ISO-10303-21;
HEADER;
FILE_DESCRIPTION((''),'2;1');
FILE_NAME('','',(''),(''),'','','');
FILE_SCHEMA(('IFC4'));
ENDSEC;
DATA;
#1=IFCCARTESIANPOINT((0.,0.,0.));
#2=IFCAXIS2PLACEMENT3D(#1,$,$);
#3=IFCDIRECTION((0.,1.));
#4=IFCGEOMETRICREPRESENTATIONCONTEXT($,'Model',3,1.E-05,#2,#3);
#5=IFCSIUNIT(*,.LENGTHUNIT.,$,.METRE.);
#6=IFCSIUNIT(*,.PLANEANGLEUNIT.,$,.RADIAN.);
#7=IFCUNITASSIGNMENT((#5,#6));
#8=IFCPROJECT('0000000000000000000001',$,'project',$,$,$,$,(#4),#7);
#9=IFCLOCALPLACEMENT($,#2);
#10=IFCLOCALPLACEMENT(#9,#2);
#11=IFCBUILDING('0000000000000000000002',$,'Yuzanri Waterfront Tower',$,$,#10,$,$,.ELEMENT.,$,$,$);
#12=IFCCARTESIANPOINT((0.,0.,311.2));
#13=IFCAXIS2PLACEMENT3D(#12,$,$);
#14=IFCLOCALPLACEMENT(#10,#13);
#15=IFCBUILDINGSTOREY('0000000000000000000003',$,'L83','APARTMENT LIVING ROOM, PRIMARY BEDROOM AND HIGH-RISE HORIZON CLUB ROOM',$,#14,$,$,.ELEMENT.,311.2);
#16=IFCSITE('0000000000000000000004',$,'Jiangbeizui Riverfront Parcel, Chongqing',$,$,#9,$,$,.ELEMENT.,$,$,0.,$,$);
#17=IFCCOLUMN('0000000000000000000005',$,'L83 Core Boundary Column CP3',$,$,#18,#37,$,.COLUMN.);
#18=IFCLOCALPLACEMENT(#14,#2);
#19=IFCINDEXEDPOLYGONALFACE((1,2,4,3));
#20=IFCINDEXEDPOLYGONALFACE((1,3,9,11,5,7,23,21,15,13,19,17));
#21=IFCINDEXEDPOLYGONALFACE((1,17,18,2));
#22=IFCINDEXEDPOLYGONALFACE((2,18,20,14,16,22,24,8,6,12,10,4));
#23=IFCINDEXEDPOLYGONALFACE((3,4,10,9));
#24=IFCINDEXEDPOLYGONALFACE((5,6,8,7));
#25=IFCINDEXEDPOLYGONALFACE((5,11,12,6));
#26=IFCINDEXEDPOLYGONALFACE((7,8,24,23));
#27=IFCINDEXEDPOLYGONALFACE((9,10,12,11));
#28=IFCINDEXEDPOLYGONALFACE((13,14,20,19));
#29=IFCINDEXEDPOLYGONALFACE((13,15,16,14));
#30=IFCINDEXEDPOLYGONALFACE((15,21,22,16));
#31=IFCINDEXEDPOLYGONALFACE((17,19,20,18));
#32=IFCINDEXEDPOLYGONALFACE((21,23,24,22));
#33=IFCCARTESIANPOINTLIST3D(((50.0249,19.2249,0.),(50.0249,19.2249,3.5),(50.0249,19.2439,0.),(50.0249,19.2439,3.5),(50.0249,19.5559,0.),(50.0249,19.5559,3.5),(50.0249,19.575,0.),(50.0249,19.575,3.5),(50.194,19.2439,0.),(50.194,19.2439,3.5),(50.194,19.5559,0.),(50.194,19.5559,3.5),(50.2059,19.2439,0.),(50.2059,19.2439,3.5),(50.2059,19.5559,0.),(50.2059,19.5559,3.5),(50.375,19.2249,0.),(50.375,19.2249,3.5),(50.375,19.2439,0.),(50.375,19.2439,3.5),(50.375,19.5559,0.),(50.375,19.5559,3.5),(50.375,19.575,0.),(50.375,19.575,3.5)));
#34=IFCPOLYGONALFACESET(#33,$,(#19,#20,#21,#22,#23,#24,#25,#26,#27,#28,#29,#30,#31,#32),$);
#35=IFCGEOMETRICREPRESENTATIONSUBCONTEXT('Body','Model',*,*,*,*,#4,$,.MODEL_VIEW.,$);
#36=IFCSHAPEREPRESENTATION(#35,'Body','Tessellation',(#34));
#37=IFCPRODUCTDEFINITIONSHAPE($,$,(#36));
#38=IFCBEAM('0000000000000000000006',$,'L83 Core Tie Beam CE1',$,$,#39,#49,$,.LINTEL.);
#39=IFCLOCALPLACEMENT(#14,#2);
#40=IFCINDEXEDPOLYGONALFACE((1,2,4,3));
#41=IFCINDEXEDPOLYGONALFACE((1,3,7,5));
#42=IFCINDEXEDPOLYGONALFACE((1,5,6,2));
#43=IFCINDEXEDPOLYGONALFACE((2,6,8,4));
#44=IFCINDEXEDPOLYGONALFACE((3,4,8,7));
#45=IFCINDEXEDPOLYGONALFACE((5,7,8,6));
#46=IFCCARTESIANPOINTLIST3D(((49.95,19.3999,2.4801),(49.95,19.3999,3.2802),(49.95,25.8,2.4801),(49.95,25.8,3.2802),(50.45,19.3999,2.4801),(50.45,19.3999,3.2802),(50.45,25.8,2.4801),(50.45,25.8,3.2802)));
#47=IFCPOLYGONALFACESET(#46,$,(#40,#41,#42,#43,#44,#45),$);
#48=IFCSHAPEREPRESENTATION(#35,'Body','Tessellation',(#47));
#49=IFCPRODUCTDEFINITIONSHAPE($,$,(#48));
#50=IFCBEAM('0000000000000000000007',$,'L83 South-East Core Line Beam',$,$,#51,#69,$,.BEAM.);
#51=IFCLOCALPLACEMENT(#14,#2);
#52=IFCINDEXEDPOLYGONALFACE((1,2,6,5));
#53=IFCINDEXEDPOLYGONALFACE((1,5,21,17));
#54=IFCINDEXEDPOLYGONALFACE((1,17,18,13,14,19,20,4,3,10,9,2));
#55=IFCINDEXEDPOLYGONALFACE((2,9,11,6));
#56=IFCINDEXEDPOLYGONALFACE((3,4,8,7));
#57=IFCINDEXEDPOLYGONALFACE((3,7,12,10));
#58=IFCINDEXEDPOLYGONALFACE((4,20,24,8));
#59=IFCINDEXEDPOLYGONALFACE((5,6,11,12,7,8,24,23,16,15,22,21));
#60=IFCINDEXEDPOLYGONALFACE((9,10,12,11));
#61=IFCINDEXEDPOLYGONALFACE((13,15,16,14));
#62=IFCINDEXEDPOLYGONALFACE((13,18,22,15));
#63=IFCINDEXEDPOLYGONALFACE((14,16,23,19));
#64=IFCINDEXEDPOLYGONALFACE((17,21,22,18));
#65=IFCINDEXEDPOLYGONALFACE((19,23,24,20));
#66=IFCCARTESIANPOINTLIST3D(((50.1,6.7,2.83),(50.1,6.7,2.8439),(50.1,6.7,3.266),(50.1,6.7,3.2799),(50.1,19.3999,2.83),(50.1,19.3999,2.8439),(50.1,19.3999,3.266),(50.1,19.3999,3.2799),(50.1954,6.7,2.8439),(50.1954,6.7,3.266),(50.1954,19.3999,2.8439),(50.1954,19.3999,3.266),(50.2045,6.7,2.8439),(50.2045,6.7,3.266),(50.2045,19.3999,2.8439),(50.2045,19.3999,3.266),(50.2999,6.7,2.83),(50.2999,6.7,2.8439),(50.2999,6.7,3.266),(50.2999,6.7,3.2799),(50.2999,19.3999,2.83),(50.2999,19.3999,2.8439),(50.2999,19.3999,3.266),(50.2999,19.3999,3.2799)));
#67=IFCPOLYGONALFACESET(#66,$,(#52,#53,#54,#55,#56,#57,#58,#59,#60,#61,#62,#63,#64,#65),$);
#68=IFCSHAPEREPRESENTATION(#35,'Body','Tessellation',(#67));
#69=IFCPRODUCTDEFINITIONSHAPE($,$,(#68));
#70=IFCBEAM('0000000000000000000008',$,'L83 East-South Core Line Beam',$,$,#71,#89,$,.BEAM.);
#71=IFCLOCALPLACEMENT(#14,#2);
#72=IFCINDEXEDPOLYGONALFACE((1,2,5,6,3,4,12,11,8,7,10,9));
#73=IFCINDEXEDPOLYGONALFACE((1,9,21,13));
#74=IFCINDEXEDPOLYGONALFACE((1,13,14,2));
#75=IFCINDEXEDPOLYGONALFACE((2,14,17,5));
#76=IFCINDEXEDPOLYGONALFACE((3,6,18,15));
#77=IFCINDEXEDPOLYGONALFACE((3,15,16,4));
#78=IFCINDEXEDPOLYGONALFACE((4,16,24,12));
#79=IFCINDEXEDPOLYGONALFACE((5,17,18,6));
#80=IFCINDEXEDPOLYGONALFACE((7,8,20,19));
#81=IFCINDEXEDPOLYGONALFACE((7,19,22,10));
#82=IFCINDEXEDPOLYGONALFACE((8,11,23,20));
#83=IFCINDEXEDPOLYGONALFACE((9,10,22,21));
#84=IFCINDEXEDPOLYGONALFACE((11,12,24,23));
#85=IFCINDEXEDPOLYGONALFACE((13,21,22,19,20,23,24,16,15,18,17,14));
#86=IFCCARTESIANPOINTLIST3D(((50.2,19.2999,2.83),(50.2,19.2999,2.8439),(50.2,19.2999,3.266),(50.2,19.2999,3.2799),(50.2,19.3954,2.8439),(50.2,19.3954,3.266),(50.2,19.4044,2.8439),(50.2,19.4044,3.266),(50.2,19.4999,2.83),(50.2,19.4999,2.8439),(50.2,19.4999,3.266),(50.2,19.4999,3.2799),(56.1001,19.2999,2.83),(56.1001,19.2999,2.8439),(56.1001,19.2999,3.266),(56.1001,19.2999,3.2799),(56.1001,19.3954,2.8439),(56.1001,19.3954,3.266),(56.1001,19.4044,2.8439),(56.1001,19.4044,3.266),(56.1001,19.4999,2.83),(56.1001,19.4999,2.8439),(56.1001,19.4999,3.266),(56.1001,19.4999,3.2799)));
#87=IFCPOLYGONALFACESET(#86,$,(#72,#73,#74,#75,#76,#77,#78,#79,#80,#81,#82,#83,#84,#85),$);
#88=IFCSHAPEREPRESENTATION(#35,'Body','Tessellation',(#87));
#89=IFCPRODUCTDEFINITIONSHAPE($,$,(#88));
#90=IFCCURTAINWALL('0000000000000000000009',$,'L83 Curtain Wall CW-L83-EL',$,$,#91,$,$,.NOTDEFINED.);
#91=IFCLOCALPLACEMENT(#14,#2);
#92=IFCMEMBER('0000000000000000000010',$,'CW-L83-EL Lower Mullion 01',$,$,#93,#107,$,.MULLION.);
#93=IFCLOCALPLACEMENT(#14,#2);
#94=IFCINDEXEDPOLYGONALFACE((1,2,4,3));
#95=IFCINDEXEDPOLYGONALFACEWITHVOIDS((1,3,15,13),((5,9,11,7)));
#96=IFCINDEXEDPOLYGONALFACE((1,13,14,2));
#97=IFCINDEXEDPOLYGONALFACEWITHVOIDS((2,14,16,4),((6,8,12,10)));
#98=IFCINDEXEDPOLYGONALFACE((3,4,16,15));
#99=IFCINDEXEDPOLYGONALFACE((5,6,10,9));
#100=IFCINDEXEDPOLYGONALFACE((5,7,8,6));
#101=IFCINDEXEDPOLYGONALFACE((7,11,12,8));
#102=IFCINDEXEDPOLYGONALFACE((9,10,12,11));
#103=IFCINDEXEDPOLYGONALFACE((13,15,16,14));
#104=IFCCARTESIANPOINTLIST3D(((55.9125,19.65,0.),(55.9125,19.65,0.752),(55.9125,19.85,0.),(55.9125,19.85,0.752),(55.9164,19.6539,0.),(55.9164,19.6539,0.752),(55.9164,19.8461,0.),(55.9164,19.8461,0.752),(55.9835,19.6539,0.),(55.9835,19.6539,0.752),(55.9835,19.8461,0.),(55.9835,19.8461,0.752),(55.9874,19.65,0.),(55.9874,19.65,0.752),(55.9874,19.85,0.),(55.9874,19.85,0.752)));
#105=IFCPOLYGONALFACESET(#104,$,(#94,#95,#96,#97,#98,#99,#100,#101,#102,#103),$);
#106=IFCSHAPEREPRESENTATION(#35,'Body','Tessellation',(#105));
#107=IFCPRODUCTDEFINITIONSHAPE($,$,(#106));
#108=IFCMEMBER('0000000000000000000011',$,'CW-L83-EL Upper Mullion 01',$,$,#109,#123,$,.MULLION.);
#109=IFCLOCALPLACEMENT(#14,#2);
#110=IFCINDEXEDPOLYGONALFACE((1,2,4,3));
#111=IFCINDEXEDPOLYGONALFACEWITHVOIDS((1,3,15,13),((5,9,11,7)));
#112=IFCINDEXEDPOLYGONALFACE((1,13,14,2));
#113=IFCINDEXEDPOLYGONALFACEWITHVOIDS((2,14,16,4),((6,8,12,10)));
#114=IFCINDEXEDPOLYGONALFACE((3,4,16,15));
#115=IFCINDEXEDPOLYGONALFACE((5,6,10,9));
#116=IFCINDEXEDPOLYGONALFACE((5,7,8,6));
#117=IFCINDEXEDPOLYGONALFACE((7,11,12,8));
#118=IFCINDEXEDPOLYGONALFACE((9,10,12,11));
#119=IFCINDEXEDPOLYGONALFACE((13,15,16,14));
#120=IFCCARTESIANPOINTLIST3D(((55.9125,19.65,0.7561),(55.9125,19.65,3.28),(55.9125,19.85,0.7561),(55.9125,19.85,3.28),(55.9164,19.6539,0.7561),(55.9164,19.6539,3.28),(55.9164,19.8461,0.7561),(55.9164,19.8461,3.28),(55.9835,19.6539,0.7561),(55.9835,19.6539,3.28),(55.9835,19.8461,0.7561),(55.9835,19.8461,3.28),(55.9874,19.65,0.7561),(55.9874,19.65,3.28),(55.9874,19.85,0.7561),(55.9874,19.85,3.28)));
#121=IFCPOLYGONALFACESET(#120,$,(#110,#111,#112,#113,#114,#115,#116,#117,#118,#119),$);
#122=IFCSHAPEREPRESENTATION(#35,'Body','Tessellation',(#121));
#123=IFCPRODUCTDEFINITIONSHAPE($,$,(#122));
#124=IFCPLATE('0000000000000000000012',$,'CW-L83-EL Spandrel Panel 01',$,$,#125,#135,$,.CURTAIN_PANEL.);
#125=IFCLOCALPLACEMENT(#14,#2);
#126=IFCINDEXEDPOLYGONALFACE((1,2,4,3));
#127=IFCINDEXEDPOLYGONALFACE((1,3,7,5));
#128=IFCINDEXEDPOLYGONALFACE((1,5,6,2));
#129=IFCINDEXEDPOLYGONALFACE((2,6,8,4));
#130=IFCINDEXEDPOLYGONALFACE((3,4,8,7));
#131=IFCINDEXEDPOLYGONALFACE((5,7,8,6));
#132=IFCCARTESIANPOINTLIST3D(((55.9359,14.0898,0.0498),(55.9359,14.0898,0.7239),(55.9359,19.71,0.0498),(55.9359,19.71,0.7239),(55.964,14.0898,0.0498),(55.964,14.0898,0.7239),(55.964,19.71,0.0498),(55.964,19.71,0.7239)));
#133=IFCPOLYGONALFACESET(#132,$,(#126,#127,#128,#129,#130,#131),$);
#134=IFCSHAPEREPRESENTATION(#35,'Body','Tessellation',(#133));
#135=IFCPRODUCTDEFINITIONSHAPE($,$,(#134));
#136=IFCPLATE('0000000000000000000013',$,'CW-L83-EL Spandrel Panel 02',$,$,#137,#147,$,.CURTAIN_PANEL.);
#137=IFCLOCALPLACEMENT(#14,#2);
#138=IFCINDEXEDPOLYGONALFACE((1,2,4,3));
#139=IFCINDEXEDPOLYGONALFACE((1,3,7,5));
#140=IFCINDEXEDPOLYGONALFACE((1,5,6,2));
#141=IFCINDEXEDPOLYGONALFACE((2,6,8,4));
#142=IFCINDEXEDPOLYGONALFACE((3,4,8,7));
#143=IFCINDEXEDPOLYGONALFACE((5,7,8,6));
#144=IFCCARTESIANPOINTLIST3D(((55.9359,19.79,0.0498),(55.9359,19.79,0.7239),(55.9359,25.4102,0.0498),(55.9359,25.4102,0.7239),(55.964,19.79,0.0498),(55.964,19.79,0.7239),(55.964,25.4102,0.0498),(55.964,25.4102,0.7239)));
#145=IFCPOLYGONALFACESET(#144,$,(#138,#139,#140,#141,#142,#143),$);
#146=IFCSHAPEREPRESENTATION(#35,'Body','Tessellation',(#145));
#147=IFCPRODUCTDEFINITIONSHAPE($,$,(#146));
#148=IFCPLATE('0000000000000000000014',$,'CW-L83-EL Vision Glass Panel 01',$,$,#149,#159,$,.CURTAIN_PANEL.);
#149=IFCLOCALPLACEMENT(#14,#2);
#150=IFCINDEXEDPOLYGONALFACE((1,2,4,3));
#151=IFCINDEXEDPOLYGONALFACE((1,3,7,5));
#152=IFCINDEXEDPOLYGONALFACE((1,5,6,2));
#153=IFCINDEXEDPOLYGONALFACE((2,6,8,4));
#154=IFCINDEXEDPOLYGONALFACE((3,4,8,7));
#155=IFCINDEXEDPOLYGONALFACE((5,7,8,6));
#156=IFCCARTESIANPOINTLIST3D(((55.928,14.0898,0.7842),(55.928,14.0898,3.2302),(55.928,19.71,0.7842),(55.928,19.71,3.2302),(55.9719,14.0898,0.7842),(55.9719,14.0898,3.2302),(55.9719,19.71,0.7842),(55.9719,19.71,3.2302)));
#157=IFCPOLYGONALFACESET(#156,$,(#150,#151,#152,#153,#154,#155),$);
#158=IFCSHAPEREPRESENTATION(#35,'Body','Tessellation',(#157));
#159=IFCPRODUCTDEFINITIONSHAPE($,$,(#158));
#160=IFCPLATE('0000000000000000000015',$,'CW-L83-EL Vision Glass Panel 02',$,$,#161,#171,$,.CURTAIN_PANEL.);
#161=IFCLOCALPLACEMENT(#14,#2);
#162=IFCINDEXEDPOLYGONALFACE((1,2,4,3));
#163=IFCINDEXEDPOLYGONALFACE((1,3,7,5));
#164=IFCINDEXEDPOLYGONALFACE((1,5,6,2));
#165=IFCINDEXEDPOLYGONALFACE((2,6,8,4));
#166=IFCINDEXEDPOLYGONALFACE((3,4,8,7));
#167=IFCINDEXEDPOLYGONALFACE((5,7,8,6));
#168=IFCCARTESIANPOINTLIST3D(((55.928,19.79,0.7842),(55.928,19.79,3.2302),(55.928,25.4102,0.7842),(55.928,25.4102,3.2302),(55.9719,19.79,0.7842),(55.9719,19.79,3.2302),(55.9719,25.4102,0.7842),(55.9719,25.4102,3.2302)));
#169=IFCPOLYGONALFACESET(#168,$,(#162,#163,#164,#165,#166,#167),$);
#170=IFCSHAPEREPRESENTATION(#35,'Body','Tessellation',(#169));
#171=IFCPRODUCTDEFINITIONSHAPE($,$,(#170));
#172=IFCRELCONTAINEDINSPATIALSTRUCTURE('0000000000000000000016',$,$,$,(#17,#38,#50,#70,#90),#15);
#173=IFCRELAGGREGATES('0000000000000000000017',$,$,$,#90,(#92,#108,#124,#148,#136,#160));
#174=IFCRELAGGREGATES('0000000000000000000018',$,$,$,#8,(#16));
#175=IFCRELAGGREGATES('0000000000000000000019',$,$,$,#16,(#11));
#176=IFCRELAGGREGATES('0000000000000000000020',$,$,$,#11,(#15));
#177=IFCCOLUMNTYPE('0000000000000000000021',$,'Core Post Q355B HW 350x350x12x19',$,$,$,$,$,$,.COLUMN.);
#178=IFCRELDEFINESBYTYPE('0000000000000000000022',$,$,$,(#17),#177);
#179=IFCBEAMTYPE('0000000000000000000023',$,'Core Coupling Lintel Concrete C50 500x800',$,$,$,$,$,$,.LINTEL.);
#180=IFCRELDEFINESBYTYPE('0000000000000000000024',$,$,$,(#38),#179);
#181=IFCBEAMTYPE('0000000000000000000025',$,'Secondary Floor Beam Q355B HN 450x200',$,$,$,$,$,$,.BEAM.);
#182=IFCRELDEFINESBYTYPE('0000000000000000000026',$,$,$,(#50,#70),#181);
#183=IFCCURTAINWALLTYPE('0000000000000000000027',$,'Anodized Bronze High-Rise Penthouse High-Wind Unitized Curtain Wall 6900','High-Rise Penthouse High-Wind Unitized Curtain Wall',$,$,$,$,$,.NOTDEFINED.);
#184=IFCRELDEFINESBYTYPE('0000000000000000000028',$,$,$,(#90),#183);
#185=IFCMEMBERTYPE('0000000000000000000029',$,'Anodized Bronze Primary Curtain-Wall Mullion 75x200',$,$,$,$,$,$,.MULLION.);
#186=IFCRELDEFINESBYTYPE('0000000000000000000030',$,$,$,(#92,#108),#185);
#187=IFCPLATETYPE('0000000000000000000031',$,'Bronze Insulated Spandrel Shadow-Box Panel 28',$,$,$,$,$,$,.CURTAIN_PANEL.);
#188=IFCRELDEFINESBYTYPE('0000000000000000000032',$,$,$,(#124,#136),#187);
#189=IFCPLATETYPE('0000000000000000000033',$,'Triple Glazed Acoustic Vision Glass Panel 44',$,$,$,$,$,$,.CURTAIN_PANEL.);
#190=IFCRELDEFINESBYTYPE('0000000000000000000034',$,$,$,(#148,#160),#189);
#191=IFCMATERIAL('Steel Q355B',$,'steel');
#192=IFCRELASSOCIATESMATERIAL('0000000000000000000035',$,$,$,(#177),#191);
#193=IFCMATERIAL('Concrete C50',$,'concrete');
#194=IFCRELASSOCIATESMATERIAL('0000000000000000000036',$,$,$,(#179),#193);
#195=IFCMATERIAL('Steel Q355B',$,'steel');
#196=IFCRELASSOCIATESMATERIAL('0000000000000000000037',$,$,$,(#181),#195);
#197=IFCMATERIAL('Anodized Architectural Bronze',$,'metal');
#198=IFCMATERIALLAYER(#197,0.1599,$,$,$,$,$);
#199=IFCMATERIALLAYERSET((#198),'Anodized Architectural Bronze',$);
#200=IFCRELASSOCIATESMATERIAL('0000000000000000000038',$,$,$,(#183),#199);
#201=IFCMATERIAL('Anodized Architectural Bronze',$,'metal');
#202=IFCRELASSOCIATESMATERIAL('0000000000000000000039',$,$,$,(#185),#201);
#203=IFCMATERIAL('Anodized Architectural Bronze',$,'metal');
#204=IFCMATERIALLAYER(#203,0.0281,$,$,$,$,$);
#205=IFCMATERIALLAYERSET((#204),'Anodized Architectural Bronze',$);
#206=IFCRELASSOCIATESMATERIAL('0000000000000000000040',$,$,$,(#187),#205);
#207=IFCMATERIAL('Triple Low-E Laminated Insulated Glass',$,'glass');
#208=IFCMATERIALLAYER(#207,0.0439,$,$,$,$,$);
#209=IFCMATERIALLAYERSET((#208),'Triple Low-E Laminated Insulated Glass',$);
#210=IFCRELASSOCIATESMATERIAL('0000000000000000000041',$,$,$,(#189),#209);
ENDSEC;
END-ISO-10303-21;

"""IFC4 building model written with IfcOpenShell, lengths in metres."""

from ifc_helpers import new_model, si_unit, direction, frame, origin, origin_2d, place, context, subcontext, project, spatial, rectangle, hollow_rectangle, i_section, extrude, source, transform, mapped, material, layer, layer_set, material_profile, profile_set, type_object, element, aggregate, save


model = new_model("IFC4")

# Units and contexts
model_context = context("Model", 3, precision=1e-05, world=origin(), true_north=direction((0.0, 1.0)))
body_context = subcontext(model_context, "Body", "Model", "MODEL_VIEW")
ifc_project = project(units=[si_unit("LENGTHUNIT", "METRE"), si_unit("PLANEANGLEUNIT", "RADIAN")], contexts=[model_context])

# Site, building, storey
site_placement = place(None, origin())
site = spatial("IfcSite", under=ifc_project, at=site_placement, Name="Jiangbeizui Riverfront Parcel, Chongqing", CompositionType="ELEMENT", RefElevation=0.0)
building_placement = place(site_placement, origin())
building = spatial("IfcBuilding", under=site, at=building_placement, Name="Yuzanri Waterfront Tower", CompositionType="ELEMENT")
storey_placement = place(building_placement, frame((0.0, 0.0, 311.2)))
storey = spatial("IfcBuildingStorey", under=building, at=storey_placement, Name="L83", Description="APARTMENT LIVING ROOM, PRIMARY BEDROOM AND HIGH-RISE HORIZON CLUB ROOM", CompositionType="ELEMENT", Elevation=311.2)

# Column
ifc_material_1 = material(Name="Steel Q355B", Category="steel")
ifc_material_profile_1 = material_profile(ifc_material_1, i_section(OverallWidth=0.3501, OverallDepth=0.3501, WebThickness=0.012, FlangeThickness=0.019, at=origin_2d()), Name="HW 350x350x12x19")
ifc_profile_set_1 = profile_set([ifc_material_profile_1], Name="Steel Q355B")
column_type = type_object("IfcColumnType", Name="Core Post Q355B HW 350x350x12x19", PredefinedType="COLUMN", material=ifc_profile_set_1)
shared_shape_1 = source(origin(), body_context, "Body", "SweptSolid", [
    extrude(i_section(OverallWidth=0.3501, OverallDepth=0.3501, WebThickness=0.012, FlangeThickness=0.019, at=origin_2d()), origin(), (0.0, 0.0, 1.0), 3.5),
])
column_placement = place(storey_placement, frame((50.2, 19.3999, 0.0), z_axis=(0.0, 0.0, 1.0), x_axis=(1.0, 0.0, 0.0)))
element("IfcColumn", 1, at=column_placement, inside=storey, type_object=column_type, Name="L83 Core Boundary Column CP3", PredefinedType="COLUMN", context=body_context, shape_type="MappedRepresentation", body=[
    mapped(shared_shape_1, transform((0.0, 0.0, 0.0), scale=1.0)),
])

# Beams
ifc_material_2 = material(Name="Concrete C50", Category="concrete")
ifc_material_profile_2 = material_profile(ifc_material_2, rectangle(XDim=0.5, YDim=0.8, at=origin_2d()), Name="RC 500x800")
ifc_profile_set_2 = profile_set([ifc_material_profile_2], Name="Concrete C50")
beam_type_1 = type_object("IfcBeamType", Name="Core Coupling Lintel Concrete C50 500x800", PredefinedType="LINTEL", material=ifc_profile_set_2)
shared_shape_2 = source(origin(), body_context, "Body", "SweptSolid", [
    extrude(rectangle(XDim=0.5, YDim=0.8, at=origin_2d()), origin(), (0.0, 0.0, 1.0), 6.4001),
])
beam_1_placement = place(storey_placement, frame((50.2, 19.3999, 2.8801), z_axis=(0.0, 1.0, 0.0), x_axis=(-1.0, 0.0, 0.0)))
element("IfcBeam", 2, at=beam_1_placement, inside=storey, type_object=beam_type_1, Name="L83 Core Tie Beam CE1", PredefinedType="LINTEL", context=body_context, shape_type="MappedRepresentation", body=[
    mapped(shared_shape_2, transform((0.0, 0.0, 0.0), scale=1.0)),
])
ifc_material_3 = material(Name="Steel Q355B", Category="steel")
ifc_material_profile_3 = material_profile(ifc_material_3, i_section(OverallWidth=0.2, OverallDepth=0.45, WebThickness=0.009, FlangeThickness=0.0139, at=origin_2d()), Name="HN 450x200x9x14")
ifc_profile_set_3 = profile_set([ifc_material_profile_3], Name="Steel Q355B")
beam_type_2 = type_object("IfcBeamType", Name="Secondary Floor Beam Q355B HN 450x200", PredefinedType="BEAM", material=ifc_profile_set_3)
shared_shape_3 = source(origin(), body_context, "Body", "SweptSolid", [
    extrude(i_section(OverallWidth=0.2, OverallDepth=0.45, WebThickness=0.009, FlangeThickness=0.0139, at=origin_2d()), origin(), (0.0, 0.0, 1.0), 12.7),
])
beam_2_placement = place(storey_placement, frame((50.2, 19.3999, 3.0549), z_axis=(0.0, -1.0, 0.0), x_axis=(1.0, 0.0, 0.0)))
element("IfcBeam", 3, at=beam_2_placement, inside=storey, type_object=beam_type_2, Name="L83 South-East Core Line Beam", PredefinedType="BEAM", context=body_context, shape_type="MappedRepresentation", body=[
    mapped(shared_shape_3, transform((0.0, 0.0, 0.0), scale=1.0)),
])
shared_shape_4 = source(origin(), body_context, "Body", "SweptSolid", [
    extrude(i_section(OverallWidth=0.2, OverallDepth=0.45, WebThickness=0.009, FlangeThickness=0.0139, at=origin_2d()), origin(), (0.0, 0.0, 1.0), 5.9001),
])
beam_3_placement = place(storey_placement, frame((50.2, 19.3999, 3.0549), z_axis=(1.0, 0.0, 0.0), x_axis=(0.0, 1.0, 0.0)))
element("IfcBeam", 4, at=beam_3_placement, inside=storey, type_object=beam_type_2, Name="L83 East-South Core Line Beam", PredefinedType="BEAM", context=body_context, shape_type="MappedRepresentation", body=[
    mapped(shared_shape_4, transform((0.0, 0.0, 0.0), scale=1.0)),
])

# Curtain wall, members, plates
ifc_material_4 = material(Name="Anodized Architectural Bronze", Category="metal")
ifc_layer_1 = layer(ifc_material_4, 0.1599)
ifc_layer_set_1 = layer_set([ifc_layer_1], Name="Anodized Architectural Bronze")
curtain_wall_type = type_object("IfcCurtainWallType", Name="Anodized Bronze High-Rise Penthouse High-Wind Unitized Curtain Wall 6900", Description="High-Rise Penthouse High-Wind Unitized Curtain Wall", PredefinedType="NOTDEFINED", material=ifc_layer_set_1)
curtain_wall_placement = place(storey_placement, origin())
curtain_wall = element("IfcCurtainWall", 5, at=curtain_wall_placement, inside=storey, type_object=curtain_wall_type, Name="L83 Curtain Wall CW-L83-EL", PredefinedType="NOTDEFINED")
ifc_material_5 = material(Name="Anodized Architectural Bronze", Category="metal")
ifc_material_profile_4 = material_profile(ifc_material_5, hollow_rectangle(XDim=0.075, YDim=0.2, WallThickness=0.0039, at=origin_2d()), Name="CWM 75x200")
ifc_profile_set_4 = profile_set([ifc_material_profile_4], Name="Anodized Architectural Bronze")
member_type = type_object("IfcMemberType", Name="Anodized Bronze Primary Curtain-Wall Mullion 75x200", PredefinedType="MULLION", material=ifc_profile_set_4)
shared_shape_5 = source(origin(), body_context, "Body", "SweptSolid", [
    extrude(hollow_rectangle(XDim=0.075, YDim=0.2, WallThickness=0.0039, at=origin_2d()), origin(), (0.0, 0.0, 1.0), 0.752),
])
member_1_placement = place(storey_placement, frame((55.95, 19.75, 0.0), z_axis=(0.0, 0.0, 1.0), x_axis=(1.0, 0.0, 0.0)))
member_1 = element("IfcMember", 6, at=member_1_placement, type_object=member_type, Name="CW-L83-EL Lower Mullion 01", PredefinedType="MULLION", context=body_context, shape_type="MappedRepresentation", body=[
    mapped(shared_shape_5, transform((0.0, 0.0, 0.0), scale=1.0)),
])
shared_shape_6 = source(origin(), body_context, "Body", "SweptSolid", [
    extrude(hollow_rectangle(XDim=0.075, YDim=0.2, WallThickness=0.0039, at=origin_2d()), origin(), (0.0, 0.0, 1.0), 2.5239),
])
member_2_placement = place(storey_placement, frame((55.95, 19.75, 0.7561), z_axis=(0.0, 0.0, 1.0), x_axis=(1.0, 0.0, 0.0)))
member_2 = element("IfcMember", 7, at=member_2_placement, type_object=member_type, Name="CW-L83-EL Upper Mullion 01", PredefinedType="MULLION", context=body_context, shape_type="MappedRepresentation", body=[
    mapped(shared_shape_6, transform((0.0, 0.0, 0.0), scale=1.0)),
])
ifc_material_6 = material(Name="Anodized Architectural Bronze", Category="metal")
ifc_layer_2 = layer(ifc_material_6, 0.0281)
ifc_layer_set_2 = layer_set([ifc_layer_2], Name="Anodized Architectural Bronze")
plate_type_1 = type_object("IfcPlateType", Name="Bronze Insulated Spandrel Shadow-Box Panel 28", PredefinedType="CURTAIN_PANEL", material=ifc_layer_set_2)
shared_shape_7 = source(origin(), body_context, "Body", "SweptSolid", [
    extrude(rectangle(XDim=5.6201, YDim=0.0281, at=origin_2d()), origin(), (0.0, 0.0, 1.0), 0.6741),
])
plate_1_placement = place(storey_placement, frame((55.95, 16.8999, 0.0498), z_axis=(0.0, 0.0, 1.0), x_axis=(0.0, 1.0, 0.0)))
plate_1 = element("IfcPlate", 8, at=plate_1_placement, type_object=plate_type_1, Name="CW-L83-EL Spandrel Panel 01", PredefinedType="CURTAIN_PANEL", context=body_context, shape_type="MappedRepresentation", body=[
    mapped(shared_shape_7, transform((0.0, 0.0, 0.0), scale=1.0)),
])
plate_2_placement = place(storey_placement, frame((55.95, 22.6001, 0.0498), z_axis=(0.0, 0.0, 1.0), x_axis=(0.0, 1.0, 0.0)))
plate_2 = element("IfcPlate", 9, at=plate_2_placement, type_object=plate_type_1, Name="CW-L83-EL Spandrel Panel 02", PredefinedType="CURTAIN_PANEL", context=body_context, shape_type="MappedRepresentation", body=[
    mapped(shared_shape_7, transform((0.0, 0.0, 0.0), scale=1.0)),
])
ifc_material_7 = material(Name="Triple Low-E Laminated Insulated Glass", Category="glass")
ifc_layer_3 = layer(ifc_material_7, 0.0439)
ifc_layer_set_3 = layer_set([ifc_layer_3], Name="Triple Low-E Laminated Insulated Glass")
plate_type_2 = type_object("IfcPlateType", Name="Triple Glazed Acoustic Vision Glass Panel 44", PredefinedType="CURTAIN_PANEL", material=ifc_layer_set_3)
shared_shape_8 = source(origin(), body_context, "Body", "SweptSolid", [
    extrude(rectangle(XDim=5.6201, YDim=0.0439, at=origin_2d()), origin(), (0.0, 0.0, 1.0), 2.446),
])
plate_3_placement = place(storey_placement, frame((55.95, 16.8999, 0.7842), z_axis=(0.0, 0.0, 1.0), x_axis=(0.0, 1.0, 0.0)))
plate_3 = element("IfcPlate", 10, at=plate_3_placement, type_object=plate_type_2, Name="CW-L83-EL Vision Glass Panel 01", PredefinedType="CURTAIN_PANEL", context=body_context, shape_type="MappedRepresentation", body=[
    mapped(shared_shape_8, transform((0.0, 0.0, 0.0), scale=1.0)),
])
plate_4_placement = place(storey_placement, frame((55.95, 22.6001, 0.7842), z_axis=(0.0, 0.0, 1.0), x_axis=(0.0, 1.0, 0.0)))
plate_4 = element("IfcPlate", 11, at=plate_4_placement, type_object=plate_type_2, Name="CW-L83-EL Vision Glass Panel 02", PredefinedType="CURTAIN_PANEL", context=body_context, shape_type="MappedRepresentation", body=[
    mapped(shared_shape_8, transform((0.0, 0.0, 0.0), scale=1.0)),
])
aggregate(curtain_wall, [member_1, member_2, plate_1, plate_3, plate_2, plate_4])

save(model, "model.ifc")
